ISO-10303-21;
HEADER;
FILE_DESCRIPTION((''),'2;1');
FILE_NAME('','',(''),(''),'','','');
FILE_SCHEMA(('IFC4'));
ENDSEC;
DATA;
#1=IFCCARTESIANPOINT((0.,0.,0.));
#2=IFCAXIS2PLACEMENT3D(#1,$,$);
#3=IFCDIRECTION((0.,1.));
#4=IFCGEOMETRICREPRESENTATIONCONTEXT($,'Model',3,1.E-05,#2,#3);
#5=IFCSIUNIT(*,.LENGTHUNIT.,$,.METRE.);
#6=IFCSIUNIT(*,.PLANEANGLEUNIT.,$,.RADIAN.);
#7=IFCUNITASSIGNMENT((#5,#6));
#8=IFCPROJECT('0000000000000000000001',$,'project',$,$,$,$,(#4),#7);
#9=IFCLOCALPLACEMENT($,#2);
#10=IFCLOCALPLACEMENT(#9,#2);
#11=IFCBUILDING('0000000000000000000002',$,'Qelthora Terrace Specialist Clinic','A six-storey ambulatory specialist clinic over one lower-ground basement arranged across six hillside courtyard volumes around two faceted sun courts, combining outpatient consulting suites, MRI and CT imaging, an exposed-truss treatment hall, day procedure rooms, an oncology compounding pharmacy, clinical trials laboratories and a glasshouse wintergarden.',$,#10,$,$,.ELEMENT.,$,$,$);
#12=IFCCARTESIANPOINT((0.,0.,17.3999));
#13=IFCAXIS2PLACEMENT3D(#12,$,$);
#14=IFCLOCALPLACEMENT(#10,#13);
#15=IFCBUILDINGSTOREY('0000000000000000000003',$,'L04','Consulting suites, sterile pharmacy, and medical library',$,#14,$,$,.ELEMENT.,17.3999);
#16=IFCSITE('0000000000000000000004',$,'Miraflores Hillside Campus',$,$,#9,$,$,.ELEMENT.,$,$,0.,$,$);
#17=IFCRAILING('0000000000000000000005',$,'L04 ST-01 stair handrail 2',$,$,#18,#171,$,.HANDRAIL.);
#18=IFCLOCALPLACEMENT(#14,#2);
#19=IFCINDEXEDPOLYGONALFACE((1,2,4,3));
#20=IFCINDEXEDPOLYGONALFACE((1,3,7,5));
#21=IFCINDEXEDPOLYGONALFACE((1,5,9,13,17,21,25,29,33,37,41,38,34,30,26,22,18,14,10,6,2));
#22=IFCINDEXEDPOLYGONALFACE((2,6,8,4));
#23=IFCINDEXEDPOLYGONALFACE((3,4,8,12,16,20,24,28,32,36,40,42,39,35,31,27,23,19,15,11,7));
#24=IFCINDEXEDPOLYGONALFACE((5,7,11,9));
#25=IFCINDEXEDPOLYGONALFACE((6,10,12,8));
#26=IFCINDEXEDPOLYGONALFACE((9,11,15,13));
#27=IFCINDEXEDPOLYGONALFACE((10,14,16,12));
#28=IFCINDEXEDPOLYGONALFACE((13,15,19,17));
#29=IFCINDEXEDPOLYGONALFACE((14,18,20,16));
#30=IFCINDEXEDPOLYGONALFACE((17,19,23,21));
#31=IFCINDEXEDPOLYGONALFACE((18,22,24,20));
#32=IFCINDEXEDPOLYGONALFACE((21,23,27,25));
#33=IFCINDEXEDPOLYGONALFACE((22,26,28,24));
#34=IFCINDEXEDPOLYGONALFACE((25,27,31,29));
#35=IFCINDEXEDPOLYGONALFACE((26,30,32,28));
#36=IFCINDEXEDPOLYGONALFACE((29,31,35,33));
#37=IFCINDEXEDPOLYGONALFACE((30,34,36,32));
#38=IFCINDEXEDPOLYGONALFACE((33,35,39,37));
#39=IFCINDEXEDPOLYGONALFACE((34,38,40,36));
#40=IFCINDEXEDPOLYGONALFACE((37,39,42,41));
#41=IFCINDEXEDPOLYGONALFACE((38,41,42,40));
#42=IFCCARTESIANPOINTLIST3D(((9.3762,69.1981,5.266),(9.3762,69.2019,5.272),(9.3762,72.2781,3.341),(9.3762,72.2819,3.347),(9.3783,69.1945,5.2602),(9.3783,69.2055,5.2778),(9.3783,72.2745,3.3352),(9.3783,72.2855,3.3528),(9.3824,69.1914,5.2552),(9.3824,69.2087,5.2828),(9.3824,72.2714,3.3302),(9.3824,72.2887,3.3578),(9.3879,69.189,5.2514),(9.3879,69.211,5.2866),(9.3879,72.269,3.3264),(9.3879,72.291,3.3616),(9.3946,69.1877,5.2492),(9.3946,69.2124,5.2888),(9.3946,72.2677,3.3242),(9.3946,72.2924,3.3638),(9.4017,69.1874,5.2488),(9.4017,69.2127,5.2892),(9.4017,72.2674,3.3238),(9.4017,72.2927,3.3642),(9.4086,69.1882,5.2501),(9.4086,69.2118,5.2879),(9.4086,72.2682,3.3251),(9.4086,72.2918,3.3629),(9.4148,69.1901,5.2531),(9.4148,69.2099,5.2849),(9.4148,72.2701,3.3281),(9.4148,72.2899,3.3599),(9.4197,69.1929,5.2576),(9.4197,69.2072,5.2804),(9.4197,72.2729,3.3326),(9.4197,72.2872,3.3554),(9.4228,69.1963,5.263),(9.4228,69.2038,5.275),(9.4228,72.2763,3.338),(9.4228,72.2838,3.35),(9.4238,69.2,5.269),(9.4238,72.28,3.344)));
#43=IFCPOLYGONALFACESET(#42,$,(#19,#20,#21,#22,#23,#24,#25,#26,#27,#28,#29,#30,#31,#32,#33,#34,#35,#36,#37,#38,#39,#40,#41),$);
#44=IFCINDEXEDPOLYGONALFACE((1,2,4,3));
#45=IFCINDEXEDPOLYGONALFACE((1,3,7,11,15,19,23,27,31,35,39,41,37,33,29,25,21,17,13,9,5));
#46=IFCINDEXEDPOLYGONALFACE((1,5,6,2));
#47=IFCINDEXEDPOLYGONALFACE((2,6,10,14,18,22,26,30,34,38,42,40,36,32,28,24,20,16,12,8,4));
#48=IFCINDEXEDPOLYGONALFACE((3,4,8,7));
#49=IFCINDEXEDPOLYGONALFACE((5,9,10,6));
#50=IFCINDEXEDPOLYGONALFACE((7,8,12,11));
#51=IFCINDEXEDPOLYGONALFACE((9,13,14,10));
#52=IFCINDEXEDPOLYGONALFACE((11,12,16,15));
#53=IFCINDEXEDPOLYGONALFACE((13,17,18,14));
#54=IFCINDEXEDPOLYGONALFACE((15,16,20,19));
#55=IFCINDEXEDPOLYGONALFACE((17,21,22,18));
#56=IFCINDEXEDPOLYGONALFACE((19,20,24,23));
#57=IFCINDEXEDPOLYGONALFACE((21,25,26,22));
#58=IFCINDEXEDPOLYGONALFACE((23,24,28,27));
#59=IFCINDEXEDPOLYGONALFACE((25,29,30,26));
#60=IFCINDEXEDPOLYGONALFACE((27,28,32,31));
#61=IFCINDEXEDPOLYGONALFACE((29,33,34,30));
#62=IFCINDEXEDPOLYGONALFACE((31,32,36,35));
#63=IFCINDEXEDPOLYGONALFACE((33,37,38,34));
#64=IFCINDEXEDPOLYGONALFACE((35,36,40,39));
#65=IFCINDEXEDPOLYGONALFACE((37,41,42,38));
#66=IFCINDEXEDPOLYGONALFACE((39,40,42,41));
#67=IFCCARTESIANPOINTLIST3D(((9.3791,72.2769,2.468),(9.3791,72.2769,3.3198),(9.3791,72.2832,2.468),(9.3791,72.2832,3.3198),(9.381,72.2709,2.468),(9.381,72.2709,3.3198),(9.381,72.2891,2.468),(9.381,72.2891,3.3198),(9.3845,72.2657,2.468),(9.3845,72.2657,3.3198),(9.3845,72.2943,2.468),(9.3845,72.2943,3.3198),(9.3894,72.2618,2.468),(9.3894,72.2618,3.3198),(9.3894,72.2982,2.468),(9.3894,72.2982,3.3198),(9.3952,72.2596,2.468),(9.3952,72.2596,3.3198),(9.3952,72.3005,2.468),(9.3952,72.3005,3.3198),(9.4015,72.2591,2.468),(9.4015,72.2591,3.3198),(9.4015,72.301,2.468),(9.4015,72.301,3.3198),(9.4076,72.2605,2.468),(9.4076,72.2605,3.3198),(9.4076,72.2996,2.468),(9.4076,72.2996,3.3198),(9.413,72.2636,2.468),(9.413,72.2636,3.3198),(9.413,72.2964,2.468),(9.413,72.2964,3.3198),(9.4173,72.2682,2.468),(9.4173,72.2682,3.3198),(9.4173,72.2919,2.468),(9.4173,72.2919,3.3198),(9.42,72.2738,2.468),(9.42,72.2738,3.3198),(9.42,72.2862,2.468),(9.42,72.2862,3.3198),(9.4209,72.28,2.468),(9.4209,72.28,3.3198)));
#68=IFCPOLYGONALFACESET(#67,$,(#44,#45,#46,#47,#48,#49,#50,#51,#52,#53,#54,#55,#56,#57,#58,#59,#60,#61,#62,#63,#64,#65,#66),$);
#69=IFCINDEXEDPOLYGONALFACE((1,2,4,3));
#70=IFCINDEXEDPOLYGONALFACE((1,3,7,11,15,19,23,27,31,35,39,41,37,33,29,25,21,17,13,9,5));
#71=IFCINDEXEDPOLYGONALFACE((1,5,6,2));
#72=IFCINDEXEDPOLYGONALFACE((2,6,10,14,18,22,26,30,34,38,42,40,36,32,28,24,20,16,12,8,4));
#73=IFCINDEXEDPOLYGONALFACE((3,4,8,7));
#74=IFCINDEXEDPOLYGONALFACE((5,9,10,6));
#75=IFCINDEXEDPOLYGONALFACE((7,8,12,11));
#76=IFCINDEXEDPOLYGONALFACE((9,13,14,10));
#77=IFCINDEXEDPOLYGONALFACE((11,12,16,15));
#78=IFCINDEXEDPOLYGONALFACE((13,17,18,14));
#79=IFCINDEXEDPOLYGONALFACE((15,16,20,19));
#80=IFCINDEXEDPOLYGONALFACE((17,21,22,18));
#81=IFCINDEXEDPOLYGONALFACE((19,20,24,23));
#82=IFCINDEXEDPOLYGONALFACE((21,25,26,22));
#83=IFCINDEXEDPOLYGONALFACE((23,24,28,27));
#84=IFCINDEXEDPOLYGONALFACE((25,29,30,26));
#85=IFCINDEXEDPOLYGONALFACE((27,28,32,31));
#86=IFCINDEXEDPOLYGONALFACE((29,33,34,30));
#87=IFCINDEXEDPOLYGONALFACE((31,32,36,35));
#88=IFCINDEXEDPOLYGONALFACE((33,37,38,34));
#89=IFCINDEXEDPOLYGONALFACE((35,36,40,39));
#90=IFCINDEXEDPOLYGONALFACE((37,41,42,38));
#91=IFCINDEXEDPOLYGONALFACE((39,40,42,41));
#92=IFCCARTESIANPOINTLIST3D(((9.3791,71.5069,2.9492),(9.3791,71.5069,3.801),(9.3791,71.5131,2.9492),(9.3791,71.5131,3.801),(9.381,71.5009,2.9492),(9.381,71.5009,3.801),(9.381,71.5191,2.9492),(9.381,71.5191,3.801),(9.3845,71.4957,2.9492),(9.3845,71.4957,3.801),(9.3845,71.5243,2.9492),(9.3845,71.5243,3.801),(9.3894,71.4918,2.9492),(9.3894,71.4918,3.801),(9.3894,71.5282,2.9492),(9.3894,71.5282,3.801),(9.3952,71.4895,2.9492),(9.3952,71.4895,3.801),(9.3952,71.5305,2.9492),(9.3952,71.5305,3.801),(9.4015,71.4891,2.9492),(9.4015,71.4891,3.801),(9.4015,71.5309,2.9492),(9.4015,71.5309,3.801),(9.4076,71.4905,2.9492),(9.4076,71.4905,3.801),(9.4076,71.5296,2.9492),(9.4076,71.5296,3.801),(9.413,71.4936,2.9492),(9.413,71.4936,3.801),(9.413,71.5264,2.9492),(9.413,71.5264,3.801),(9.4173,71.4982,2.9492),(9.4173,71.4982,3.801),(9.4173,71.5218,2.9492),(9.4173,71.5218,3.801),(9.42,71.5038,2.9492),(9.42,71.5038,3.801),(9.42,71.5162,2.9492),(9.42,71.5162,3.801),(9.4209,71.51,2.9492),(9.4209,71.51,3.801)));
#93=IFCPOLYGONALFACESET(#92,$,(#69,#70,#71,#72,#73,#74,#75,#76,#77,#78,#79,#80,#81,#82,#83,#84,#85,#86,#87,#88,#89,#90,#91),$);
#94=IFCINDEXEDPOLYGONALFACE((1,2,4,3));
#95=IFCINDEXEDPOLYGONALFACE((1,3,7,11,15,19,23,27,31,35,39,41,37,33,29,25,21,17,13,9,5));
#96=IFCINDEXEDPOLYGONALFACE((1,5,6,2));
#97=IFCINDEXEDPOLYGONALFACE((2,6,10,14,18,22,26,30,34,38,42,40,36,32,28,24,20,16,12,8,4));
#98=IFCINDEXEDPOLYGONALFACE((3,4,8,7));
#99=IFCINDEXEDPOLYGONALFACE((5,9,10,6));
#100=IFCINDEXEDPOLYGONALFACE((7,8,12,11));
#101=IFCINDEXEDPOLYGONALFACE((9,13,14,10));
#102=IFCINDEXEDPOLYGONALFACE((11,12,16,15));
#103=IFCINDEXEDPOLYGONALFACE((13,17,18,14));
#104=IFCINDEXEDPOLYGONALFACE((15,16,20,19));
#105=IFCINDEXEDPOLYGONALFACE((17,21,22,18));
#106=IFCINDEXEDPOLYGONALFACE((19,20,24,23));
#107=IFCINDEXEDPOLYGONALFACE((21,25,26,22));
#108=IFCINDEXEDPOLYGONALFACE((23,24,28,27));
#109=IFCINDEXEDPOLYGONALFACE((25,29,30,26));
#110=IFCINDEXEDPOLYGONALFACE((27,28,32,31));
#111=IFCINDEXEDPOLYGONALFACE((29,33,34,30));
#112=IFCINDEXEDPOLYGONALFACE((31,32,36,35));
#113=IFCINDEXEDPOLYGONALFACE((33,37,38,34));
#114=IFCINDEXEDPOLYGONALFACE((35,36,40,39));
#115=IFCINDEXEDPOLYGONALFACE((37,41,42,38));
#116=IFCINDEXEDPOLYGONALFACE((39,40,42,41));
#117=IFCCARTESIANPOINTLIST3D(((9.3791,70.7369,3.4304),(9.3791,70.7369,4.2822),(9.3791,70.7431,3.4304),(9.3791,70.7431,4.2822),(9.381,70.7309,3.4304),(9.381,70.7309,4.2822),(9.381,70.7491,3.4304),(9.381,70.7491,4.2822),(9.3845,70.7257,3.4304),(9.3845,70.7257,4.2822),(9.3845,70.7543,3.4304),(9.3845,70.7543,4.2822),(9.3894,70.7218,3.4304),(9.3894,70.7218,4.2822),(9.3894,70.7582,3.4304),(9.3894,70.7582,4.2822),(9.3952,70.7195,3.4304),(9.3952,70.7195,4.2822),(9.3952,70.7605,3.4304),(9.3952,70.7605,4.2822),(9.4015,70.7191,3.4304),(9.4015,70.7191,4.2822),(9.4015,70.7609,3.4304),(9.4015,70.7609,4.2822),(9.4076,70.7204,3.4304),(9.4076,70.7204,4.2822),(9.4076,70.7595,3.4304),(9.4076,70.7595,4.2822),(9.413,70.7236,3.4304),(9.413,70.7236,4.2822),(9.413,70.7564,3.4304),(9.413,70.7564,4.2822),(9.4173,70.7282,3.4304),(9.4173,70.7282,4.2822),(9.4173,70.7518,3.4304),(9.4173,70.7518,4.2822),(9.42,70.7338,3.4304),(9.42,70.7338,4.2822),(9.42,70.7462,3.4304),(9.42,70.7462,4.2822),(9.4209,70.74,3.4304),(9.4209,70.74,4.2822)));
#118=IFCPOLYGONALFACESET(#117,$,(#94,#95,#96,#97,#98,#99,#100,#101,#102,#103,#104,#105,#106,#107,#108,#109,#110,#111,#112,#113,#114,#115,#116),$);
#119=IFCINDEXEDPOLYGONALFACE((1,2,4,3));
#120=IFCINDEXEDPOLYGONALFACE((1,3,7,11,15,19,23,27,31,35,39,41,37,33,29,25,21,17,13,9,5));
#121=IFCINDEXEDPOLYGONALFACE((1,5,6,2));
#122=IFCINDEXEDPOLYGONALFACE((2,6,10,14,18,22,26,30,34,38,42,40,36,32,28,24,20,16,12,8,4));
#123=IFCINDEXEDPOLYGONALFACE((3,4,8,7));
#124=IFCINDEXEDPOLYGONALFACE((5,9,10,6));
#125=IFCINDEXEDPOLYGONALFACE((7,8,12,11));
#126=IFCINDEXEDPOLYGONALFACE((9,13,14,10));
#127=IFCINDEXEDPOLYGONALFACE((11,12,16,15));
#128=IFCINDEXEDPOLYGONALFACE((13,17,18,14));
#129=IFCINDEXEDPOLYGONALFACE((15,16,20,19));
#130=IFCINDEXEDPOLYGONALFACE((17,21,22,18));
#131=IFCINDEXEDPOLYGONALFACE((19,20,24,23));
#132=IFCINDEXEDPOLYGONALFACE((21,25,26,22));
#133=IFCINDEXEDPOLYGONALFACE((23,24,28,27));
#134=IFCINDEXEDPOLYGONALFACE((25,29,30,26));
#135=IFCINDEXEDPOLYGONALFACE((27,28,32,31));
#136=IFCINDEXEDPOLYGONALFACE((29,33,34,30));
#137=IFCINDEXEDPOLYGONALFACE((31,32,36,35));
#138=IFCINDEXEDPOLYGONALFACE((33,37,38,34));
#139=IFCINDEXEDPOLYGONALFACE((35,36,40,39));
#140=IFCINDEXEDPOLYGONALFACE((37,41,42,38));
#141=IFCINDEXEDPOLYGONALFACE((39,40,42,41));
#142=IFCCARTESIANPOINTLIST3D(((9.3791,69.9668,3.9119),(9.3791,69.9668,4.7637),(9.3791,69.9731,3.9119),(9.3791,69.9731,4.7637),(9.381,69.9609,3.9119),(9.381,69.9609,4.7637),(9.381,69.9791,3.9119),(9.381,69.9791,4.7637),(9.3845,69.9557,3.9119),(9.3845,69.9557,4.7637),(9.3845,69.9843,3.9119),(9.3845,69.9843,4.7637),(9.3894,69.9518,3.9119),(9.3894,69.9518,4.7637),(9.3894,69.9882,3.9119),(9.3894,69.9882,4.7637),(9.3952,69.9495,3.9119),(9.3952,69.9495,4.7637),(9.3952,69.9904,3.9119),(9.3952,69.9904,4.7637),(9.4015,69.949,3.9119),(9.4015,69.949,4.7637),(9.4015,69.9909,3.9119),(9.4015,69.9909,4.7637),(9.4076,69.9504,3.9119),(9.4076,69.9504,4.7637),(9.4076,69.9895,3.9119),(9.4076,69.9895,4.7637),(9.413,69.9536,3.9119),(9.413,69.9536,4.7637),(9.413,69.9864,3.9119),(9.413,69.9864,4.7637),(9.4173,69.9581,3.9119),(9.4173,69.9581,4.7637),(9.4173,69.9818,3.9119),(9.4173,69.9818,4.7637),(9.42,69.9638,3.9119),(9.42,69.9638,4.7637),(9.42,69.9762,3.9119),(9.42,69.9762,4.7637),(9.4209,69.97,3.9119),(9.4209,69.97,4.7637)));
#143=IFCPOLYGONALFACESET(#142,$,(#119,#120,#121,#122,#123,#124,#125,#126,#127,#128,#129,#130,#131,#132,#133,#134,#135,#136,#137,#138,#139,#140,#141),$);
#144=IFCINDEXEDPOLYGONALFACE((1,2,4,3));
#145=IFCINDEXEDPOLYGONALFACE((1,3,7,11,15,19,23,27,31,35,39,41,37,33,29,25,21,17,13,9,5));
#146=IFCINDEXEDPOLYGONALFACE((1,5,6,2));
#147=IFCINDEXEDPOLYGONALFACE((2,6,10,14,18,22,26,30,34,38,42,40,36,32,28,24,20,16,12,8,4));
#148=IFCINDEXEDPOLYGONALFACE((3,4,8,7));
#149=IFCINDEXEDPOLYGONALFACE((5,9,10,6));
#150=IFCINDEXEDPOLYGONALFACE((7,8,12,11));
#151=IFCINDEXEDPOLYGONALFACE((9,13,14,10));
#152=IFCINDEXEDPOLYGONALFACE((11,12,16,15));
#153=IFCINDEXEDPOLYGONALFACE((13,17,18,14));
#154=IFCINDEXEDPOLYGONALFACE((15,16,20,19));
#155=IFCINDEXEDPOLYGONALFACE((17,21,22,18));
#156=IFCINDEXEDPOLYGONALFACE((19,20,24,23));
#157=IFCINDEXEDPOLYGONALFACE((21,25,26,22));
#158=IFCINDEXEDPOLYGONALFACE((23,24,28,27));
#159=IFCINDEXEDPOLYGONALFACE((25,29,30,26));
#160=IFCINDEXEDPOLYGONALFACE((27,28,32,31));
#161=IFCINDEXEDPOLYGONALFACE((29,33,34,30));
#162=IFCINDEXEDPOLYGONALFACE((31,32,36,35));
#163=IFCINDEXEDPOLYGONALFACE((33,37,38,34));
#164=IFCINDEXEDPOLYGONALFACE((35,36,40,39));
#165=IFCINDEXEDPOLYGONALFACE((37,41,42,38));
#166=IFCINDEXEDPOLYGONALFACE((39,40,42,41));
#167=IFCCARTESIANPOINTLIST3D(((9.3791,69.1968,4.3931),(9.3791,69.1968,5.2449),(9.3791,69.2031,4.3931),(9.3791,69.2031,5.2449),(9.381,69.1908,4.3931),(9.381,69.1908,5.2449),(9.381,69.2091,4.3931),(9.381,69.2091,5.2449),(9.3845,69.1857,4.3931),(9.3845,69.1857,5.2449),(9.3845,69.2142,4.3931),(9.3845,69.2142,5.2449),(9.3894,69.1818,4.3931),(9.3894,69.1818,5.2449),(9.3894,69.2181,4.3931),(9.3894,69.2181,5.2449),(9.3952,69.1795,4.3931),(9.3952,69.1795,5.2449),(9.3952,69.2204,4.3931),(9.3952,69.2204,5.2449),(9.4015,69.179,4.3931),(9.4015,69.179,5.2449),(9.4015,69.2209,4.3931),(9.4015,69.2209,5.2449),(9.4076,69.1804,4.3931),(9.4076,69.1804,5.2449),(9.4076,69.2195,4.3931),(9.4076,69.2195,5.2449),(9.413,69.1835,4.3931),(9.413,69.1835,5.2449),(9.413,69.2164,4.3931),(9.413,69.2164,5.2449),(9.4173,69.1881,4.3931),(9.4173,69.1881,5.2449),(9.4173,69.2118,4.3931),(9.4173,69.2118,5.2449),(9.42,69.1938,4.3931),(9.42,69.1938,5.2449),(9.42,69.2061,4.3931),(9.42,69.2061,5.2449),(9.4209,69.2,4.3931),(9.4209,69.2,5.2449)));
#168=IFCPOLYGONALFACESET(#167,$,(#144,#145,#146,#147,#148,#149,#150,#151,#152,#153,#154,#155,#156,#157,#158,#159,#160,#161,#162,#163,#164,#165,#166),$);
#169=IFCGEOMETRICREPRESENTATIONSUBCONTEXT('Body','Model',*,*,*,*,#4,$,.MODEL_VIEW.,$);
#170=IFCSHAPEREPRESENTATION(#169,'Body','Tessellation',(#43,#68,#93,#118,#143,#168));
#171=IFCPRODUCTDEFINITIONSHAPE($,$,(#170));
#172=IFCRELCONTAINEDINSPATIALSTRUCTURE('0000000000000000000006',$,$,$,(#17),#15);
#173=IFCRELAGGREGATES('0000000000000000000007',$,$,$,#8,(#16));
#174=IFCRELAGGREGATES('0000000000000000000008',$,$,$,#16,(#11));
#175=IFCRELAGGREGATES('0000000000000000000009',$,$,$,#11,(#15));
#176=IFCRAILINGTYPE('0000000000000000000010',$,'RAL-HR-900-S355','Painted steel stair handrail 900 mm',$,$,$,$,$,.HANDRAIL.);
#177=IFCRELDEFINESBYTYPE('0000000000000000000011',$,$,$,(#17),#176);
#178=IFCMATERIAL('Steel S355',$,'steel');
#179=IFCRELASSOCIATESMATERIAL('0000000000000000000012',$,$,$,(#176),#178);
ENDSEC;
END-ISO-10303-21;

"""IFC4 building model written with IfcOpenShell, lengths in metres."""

from ifc_helpers import new_model, si_unit, direction, frame, origin, origin_2d, place, context, subcontext, project, spatial, circle, extrude, material, type_object, element, save


model = new_model("IFC4")

# Units and contexts
model_context = context("Model", 3, precision=1e-05, world=origin(), true_north=direction((0.0, 1.0)))
body_context = subcontext(model_context, "Body", "Model", "MODEL_VIEW")
ifc_project = project(units=[si_unit("LENGTHUNIT", "METRE"), si_unit("PLANEANGLEUNIT", "RADIAN")], contexts=[model_context])

# Site, building, storey
site_placement = place(None, origin())
site = spatial("IfcSite", under=ifc_project, at=site_placement, Name="Miraflores Hillside Campus", CompositionType="ELEMENT", RefElevation=0.0)
building_placement = place(site_placement, origin())
building = spatial("IfcBuilding", under=site, at=building_placement, Name="Qelthora Terrace Specialist Clinic", Description="A six-storey ambulatory specialist clinic over one lower-ground basement arranged across six hillside courtyard volumes around two faceted sun courts, combining outpatient consulting suites, MRI and CT imaging, an exposed-truss treatment hall, day procedure rooms, an oncology compounding pharmacy, clinical trials laboratories and a glasshouse wintergarden.", CompositionType="ELEMENT")
storey_placement = place(building_placement, frame((0.0, 0.0, 17.3999)))
storey = spatial("IfcBuildingStorey", under=building, at=storey_placement, Name="L04", Description="Consulting suites, sterile pharmacy, and medical library", CompositionType="ELEMENT", Elevation=17.3999)

# Shared definitions
ifc_material_1 = material(Name="Steel S355", Category="steel")

# Railing
railing_type_1 = type_object("IfcRailingType", Name="RAL-HR-900-S355", Description="Painted steel stair handrail 900 mm", PredefinedType="HANDRAIL", material=ifc_material_1)
railing_1_placement = place(storey_placement, frame((9.3999, 72.28, 2.468)))
element("IfcRailing", 1, at=railing_1_placement, inside=storey, type_object=railing_type_1, Name="L04 ST-01 stair handrail 2", PredefinedType="HANDRAIL", context=body_context, shape_type="SweptSolid", body=[
    extrude(circle(Radius=0.0239, at=origin_2d()), frame((0.0, 0.0, 0.876), z_axis=(0.0, -0.847998, 0.529999), x_axis=(1.0, 0.0, 0.0)), (0.0, 0.0, 1.0), 3.6321),
    extrude(circle(Radius=0.021, at=origin_2d()), origin(), (0.0, 0.0, 1.0), 0.8518),
    extrude(circle(Radius=0.021, at=origin_2d()), frame((0.0, -0.77, 0.4812)), (0.0, 0.0, 1.0), 0.8518),
    extrude(circle(Radius=0.021, at=origin_2d()), frame((0.0, -1.54, 0.9624)), (0.0, 0.0, 1.0), 0.8518),
    extrude(circle(Radius=0.021, at=origin_2d()), frame((0.0, -2.3101, 1.4438)), (0.0, 0.0, 1.0), 0.8518),
    extrude(circle(Radius=0.021, at=origin_2d()), frame((0.0, -3.0801, 1.925)), (0.0, 0.0, 1.0), 0.8518),
])

save(model, "model.ifc")
